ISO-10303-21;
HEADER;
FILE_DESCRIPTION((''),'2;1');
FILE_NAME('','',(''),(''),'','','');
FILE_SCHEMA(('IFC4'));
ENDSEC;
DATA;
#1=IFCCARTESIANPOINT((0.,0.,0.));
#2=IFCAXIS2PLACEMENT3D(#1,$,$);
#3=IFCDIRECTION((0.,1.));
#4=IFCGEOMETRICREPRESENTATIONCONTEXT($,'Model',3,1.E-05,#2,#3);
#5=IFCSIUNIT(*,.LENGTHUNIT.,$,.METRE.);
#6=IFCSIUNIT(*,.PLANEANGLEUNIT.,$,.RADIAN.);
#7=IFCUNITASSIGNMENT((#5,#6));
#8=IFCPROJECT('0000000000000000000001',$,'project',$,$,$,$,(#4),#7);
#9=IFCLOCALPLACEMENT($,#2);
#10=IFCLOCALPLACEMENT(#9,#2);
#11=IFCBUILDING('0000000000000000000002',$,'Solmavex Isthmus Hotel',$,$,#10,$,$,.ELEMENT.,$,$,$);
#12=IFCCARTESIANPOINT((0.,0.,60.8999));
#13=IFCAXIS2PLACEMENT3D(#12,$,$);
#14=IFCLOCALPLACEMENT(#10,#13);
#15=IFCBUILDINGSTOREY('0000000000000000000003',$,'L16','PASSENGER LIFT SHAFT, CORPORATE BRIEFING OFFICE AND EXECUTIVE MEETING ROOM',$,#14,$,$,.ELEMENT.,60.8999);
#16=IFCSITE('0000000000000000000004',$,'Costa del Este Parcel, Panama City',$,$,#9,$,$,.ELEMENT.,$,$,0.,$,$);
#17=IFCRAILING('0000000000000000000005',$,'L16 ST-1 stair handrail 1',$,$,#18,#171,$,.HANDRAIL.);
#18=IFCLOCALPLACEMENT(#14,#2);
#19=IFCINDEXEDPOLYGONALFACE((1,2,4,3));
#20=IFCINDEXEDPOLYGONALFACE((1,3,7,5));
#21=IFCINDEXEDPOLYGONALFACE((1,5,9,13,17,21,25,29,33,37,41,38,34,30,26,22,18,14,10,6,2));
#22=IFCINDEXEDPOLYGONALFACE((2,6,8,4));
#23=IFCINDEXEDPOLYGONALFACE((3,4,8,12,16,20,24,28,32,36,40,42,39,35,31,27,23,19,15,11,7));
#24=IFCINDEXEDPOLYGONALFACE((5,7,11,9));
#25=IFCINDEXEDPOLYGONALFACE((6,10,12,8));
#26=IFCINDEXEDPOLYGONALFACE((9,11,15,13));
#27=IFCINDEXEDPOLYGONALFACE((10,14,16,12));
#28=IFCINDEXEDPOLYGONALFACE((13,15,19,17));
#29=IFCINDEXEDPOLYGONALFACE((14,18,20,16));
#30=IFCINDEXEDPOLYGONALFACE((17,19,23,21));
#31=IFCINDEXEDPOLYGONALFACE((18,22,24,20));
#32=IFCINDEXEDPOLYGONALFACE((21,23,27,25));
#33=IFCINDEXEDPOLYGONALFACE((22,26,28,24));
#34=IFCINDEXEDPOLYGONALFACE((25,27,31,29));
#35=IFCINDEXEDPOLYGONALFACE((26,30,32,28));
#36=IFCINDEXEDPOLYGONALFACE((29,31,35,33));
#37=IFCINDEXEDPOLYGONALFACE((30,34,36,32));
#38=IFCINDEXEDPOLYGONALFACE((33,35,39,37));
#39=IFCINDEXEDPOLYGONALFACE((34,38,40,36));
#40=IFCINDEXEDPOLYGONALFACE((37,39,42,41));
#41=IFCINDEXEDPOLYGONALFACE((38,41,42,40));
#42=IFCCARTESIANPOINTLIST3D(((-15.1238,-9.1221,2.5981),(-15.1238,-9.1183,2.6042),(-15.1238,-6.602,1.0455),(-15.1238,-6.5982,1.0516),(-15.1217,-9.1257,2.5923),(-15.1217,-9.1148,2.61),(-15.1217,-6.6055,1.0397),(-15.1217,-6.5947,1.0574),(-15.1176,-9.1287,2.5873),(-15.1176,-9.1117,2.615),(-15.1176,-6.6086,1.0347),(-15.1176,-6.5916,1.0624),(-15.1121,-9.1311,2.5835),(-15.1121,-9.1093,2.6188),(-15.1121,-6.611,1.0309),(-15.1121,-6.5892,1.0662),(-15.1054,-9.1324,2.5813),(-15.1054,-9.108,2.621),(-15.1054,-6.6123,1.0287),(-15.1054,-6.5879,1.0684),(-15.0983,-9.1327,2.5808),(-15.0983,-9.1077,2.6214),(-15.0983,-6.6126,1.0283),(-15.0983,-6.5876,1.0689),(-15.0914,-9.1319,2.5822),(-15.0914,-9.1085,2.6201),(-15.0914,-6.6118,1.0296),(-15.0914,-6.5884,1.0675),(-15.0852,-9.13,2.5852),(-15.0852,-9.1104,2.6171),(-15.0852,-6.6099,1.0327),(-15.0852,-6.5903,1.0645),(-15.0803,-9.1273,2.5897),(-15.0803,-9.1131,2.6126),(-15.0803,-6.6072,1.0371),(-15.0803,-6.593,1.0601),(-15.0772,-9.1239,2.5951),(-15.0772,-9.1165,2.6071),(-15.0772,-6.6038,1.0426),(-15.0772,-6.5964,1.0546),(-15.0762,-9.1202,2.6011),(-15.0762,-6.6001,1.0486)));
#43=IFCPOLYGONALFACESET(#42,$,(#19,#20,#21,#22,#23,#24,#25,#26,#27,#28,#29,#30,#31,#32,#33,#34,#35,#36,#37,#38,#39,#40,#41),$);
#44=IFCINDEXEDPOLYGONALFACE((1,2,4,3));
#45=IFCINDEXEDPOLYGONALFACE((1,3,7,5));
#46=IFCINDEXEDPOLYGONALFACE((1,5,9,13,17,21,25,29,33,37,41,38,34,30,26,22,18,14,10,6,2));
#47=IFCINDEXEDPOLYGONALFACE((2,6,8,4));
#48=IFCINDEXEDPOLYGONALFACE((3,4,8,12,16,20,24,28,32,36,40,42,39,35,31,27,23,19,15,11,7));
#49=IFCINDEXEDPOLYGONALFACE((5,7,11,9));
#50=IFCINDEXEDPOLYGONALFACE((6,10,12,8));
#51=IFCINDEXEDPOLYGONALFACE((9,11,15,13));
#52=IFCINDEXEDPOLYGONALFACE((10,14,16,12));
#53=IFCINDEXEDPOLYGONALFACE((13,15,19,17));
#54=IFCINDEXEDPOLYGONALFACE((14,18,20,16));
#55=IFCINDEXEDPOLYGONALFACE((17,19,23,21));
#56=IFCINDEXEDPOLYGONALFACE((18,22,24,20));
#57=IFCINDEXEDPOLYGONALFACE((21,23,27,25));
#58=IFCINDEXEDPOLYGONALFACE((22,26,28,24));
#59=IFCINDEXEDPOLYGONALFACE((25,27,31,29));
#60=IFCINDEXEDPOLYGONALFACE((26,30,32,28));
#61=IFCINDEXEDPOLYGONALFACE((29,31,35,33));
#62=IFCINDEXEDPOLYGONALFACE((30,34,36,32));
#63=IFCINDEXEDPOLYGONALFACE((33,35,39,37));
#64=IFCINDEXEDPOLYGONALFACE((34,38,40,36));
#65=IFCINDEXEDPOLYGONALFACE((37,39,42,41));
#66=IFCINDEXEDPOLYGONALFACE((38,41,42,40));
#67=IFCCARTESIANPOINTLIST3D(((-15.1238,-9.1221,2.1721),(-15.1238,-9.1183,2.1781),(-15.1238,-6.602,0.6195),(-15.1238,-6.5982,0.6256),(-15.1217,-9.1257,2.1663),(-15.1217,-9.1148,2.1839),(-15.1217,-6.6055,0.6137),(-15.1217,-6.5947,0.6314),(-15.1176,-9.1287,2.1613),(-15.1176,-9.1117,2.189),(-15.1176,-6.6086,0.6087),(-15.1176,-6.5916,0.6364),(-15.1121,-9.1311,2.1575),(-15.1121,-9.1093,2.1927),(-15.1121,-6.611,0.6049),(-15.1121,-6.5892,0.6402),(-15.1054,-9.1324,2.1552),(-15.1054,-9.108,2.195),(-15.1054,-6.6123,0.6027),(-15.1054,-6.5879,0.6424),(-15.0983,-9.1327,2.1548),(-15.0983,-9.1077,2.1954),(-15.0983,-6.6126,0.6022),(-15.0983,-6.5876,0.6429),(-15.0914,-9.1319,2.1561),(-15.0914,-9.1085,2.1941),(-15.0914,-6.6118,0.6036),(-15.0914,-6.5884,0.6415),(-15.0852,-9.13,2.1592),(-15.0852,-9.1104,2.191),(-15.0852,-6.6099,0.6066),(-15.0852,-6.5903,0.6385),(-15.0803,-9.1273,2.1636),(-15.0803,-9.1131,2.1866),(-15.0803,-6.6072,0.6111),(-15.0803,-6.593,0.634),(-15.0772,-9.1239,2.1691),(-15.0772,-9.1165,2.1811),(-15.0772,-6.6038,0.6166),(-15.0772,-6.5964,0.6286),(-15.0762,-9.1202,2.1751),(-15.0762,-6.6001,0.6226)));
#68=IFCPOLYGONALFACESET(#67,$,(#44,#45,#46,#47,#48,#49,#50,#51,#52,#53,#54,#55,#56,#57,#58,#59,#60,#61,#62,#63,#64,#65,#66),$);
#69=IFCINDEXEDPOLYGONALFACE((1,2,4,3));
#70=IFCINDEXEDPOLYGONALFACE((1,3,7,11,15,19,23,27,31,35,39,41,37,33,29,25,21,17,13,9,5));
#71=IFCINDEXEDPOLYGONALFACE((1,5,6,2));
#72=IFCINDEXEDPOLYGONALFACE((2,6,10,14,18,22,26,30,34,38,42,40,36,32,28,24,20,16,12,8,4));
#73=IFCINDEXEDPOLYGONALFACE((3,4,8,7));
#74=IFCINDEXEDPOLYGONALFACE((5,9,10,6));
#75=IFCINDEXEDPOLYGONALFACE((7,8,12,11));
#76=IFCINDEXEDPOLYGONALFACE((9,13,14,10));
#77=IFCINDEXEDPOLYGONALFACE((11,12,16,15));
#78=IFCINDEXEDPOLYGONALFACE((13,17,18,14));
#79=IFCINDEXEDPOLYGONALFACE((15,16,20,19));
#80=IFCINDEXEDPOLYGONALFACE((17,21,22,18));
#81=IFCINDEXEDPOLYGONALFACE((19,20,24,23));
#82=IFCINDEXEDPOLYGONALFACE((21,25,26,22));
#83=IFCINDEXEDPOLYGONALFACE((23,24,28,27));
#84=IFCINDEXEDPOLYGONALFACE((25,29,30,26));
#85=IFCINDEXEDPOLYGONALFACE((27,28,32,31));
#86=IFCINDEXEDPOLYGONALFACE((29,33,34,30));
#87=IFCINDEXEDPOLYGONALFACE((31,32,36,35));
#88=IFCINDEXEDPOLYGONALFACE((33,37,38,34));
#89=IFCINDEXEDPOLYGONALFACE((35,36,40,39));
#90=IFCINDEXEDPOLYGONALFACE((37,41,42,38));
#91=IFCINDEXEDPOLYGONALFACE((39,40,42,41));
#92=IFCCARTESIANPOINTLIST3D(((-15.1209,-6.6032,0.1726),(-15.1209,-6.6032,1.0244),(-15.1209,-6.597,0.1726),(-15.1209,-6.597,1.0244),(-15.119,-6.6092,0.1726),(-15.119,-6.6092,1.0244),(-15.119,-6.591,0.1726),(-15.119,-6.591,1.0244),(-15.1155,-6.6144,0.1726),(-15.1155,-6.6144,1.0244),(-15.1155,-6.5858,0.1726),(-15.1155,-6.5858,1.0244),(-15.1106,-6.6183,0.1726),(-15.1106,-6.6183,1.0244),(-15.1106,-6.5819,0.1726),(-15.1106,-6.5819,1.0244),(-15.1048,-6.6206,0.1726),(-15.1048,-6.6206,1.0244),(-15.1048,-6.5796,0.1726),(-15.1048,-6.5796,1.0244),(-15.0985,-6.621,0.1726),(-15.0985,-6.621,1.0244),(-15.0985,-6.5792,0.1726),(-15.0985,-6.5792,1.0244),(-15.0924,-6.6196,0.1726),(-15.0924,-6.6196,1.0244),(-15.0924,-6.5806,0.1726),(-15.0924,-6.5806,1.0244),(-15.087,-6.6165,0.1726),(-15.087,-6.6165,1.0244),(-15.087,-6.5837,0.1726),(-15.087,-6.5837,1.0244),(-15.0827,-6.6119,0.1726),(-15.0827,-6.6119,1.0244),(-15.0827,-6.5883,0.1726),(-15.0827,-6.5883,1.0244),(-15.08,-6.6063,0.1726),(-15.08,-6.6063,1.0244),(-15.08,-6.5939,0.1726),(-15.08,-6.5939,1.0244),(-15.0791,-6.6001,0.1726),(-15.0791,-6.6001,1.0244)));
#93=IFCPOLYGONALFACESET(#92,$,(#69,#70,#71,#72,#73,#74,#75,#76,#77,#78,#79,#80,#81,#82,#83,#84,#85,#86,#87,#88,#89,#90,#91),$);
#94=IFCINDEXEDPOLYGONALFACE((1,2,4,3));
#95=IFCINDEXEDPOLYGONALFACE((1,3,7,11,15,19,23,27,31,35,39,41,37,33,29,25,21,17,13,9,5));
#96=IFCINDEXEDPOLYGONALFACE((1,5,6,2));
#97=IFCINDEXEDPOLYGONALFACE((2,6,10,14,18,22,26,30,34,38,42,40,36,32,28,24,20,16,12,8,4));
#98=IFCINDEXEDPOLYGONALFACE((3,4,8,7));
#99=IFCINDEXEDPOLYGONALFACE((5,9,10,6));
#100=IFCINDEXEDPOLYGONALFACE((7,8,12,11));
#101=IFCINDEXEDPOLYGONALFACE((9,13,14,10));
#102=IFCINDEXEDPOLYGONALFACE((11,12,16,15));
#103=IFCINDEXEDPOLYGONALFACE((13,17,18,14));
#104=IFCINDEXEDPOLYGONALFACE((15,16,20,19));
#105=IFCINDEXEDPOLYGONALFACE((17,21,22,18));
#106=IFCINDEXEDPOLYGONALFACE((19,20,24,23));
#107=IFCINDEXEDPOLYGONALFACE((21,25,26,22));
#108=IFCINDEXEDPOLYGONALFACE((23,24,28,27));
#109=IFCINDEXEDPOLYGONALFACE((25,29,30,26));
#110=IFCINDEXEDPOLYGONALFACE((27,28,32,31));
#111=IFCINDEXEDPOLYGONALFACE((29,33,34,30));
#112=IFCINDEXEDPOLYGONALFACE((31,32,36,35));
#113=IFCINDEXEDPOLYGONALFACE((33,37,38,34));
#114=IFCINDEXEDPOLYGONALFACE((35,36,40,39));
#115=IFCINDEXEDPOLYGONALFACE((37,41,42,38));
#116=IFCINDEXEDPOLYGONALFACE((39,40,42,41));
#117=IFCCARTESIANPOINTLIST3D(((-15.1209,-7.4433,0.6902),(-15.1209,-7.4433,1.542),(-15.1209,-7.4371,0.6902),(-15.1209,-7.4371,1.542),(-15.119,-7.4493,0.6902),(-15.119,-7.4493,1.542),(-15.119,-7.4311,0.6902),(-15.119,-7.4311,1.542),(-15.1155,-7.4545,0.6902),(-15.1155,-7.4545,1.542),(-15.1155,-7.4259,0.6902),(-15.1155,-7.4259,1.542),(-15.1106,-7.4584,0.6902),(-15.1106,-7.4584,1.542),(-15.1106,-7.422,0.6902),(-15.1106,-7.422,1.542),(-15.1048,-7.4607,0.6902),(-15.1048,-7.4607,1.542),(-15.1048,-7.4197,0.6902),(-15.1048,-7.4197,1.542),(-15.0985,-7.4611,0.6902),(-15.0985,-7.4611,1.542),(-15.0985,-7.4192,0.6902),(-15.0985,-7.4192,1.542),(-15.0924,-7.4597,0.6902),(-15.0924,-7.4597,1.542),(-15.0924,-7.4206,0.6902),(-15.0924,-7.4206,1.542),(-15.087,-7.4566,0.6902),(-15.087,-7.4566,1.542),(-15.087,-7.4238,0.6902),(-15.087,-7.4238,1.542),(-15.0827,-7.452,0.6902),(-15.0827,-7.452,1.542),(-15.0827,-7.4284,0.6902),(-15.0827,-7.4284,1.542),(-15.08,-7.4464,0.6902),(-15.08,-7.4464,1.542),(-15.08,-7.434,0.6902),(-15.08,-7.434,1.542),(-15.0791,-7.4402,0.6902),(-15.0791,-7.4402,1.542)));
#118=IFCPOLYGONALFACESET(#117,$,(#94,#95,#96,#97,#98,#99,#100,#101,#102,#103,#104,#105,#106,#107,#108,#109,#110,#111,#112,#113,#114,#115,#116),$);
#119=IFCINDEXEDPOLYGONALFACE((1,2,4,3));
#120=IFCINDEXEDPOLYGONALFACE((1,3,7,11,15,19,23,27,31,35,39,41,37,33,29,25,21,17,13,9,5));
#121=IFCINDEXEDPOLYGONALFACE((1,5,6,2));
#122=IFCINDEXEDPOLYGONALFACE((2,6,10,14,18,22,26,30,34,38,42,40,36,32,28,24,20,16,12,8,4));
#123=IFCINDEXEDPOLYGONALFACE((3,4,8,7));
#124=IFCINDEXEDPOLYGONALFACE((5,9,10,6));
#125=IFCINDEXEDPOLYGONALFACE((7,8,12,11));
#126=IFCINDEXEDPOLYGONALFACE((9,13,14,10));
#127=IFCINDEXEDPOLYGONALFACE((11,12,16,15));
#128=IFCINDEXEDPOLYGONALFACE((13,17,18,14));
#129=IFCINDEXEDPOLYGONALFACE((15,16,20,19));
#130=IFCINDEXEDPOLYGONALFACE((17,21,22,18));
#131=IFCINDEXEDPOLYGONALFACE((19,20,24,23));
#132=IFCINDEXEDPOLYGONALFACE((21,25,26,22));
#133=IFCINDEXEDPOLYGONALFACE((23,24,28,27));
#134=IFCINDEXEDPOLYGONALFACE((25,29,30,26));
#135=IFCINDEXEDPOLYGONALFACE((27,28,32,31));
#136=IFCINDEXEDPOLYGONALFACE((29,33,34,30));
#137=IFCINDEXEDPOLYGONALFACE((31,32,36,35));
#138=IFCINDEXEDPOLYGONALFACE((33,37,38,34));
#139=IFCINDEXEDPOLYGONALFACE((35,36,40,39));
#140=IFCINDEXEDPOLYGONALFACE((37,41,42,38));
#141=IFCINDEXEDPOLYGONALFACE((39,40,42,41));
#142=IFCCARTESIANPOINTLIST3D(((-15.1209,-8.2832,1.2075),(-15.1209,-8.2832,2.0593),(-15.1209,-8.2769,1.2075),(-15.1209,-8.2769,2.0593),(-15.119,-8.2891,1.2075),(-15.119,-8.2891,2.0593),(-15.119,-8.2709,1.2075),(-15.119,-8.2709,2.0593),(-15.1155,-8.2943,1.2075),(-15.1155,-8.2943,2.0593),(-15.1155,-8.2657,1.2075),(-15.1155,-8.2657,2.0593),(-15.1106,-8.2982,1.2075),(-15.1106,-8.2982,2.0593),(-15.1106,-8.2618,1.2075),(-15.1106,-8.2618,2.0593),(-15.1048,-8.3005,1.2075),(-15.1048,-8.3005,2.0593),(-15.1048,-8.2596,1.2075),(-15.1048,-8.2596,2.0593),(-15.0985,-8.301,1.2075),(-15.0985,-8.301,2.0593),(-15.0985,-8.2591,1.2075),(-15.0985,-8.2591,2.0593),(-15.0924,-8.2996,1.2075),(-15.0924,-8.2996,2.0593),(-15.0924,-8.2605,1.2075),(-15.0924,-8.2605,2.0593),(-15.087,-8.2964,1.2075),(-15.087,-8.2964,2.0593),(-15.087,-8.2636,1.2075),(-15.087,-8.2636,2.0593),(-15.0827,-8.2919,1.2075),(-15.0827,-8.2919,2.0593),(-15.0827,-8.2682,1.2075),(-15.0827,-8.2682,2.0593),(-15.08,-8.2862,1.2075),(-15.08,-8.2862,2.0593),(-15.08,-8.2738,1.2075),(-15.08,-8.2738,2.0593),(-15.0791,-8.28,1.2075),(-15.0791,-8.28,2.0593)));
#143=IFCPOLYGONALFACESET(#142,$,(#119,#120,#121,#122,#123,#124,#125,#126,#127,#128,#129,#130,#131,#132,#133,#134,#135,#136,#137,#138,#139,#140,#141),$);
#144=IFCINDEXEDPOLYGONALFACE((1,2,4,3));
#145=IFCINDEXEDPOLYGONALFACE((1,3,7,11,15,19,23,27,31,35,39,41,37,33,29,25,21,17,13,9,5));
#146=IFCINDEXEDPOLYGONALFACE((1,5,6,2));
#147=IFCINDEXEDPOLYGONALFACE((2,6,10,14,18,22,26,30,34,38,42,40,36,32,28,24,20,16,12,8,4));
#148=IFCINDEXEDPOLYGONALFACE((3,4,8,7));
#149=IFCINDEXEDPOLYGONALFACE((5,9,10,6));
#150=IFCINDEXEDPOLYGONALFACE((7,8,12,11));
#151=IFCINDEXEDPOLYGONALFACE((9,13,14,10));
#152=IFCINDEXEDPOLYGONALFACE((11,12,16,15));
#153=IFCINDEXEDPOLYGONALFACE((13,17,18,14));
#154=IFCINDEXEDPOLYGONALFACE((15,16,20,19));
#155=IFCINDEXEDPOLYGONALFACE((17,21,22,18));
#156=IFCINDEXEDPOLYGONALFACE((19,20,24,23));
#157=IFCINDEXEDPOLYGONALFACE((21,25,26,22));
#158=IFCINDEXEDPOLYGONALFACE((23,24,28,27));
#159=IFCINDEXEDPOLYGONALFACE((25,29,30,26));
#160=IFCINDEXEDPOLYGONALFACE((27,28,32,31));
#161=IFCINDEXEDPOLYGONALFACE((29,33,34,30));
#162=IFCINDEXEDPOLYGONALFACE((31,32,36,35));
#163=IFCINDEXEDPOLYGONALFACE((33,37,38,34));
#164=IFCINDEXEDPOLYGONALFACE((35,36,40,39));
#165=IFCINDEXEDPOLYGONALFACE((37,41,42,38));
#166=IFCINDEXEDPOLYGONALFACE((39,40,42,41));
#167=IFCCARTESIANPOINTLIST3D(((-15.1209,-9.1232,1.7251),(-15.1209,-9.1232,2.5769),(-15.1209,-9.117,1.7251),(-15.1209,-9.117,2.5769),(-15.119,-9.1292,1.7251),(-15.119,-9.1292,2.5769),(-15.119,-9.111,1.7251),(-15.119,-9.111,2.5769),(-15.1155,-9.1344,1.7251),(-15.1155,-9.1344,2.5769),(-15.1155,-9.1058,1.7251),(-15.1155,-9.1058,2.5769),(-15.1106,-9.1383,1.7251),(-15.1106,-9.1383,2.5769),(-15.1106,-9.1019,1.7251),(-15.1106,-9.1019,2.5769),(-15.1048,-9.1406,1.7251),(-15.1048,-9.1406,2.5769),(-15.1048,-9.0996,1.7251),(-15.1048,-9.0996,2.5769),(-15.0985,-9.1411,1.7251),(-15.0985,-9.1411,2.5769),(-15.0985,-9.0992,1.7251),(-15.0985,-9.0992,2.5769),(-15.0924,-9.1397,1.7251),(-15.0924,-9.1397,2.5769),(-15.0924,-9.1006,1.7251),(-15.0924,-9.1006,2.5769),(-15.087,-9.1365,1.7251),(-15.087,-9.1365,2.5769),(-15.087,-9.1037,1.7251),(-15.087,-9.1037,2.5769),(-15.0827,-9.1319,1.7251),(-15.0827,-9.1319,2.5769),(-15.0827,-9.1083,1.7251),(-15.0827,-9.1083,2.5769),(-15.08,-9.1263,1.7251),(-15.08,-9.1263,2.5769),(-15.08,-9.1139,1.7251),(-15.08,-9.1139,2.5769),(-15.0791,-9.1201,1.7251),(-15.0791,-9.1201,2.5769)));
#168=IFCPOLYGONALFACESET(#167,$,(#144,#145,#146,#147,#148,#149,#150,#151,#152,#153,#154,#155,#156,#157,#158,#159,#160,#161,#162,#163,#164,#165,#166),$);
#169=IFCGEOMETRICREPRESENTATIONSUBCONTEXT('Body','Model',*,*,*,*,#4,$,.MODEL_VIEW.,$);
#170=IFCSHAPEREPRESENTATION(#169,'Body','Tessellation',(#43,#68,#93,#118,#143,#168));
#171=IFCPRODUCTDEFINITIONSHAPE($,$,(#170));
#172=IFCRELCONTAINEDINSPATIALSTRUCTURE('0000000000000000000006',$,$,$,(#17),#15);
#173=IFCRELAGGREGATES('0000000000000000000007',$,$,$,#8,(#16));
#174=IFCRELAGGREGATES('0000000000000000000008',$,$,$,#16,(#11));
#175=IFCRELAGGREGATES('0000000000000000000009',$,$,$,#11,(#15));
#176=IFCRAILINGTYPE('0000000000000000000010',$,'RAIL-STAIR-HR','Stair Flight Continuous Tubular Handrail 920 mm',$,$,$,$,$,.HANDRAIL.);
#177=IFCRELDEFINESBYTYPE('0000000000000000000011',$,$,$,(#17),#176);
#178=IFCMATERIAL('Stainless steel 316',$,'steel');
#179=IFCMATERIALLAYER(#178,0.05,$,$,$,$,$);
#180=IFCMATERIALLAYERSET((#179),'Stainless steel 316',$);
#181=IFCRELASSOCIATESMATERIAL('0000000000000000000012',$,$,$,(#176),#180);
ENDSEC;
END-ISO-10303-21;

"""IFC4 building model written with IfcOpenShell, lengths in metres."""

from ifc_helpers import new_model, si_unit, direction, frame, origin, origin_2d, place, context, subcontext, project, spatial, circle, extrude, material, layer, layer_set, type_object, element, save


model = new_model("IFC4")

# Units and contexts
model_context = context("Model", 3, precision=1e-05, world=origin(), true_north=direction((0.0, 1.0)))
body_context = subcontext(model_context, "Body", "Model", "MODEL_VIEW")
ifc_project = project(units=[si_unit("LENGTHUNIT", "METRE"), si_unit("PLANEANGLEUNIT", "RADIAN")], contexts=[model_context])

# Site, building, storey
site_placement = place(None, origin())
site = spatial("IfcSite", under=ifc_project, at=site_placement, Name="Costa del Este Parcel, Panama City", CompositionType="ELEMENT", RefElevation=0.0)
building_placement = place(site_placement, origin())
building = spatial("IfcBuilding", under=site, at=building_placement, Name="Solmavex Isthmus Hotel", CompositionType="ELEMENT")
storey_placement = place(building_placement, frame((0.0, 0.0, 60.8999)))
storey = spatial("IfcBuildingStorey", under=building, at=storey_placement, Name="L16", Description="PASSENGER LIFT SHAFT, CORPORATE BRIEFING OFFICE AND EXECUTIVE MEETING ROOM", CompositionType="ELEMENT", Elevation=60.8999)

# Shared definitions
ifc_material_1 = material(Name="Stainless steel 316", Category="steel")

# Railing
ifc_layer_1 = layer(ifc_material_1, 0.05)
ifc_layer_set_1 = layer_set([ifc_layer_1], Name="Stainless steel 316")
railing_type_1 = type_object("IfcRailingType", Name="RAIL-STAIR-HR", Description="Stair Flight Continuous Tubular Handrail 920 mm", PredefinedType="HANDRAIL", material=ifc_layer_set_1)
railing_1_placement = place(storey_placement, frame((-15.1001, -6.6001, 0.1726)))
element("IfcRailing", 1, at=railing_1_placement, inside=storey, type_object=railing_type_1, Name="L16 ST-1 stair handrail 1", PredefinedType="HANDRAIL", context=body_context, shape_type="SweptSolid", body=[
    extrude(circle(Radius=0.0239, at=origin_2d()), frame((0.0, 0.0, 0.876), z_axis=(0.0, -0.8514, 0.524516), x_axis=(1.0, 0.0, 0.0)), (0.0, 0.0, 1.0), 2.96),
    extrude(circle(Radius=0.0239, at=origin_2d()), frame((0.0, 0.0, 0.45), z_axis=(0.0, -0.8514, 0.524516), x_axis=(1.0, 0.0, 0.0)), (0.0, 0.0, 1.0), 2.96),
    extrude(circle(Radius=0.021, at=origin_2d()), origin(), (0.0, 0.0, 1.0), 0.8518),
    extrude(circle(Radius=0.021, at=origin_2d()), frame((0.0, -0.8401, 0.5176)), (0.0, 0.0, 1.0), 0.8518),
    extrude(circle(Radius=0.021, at=origin_2d()), frame((0.0, -1.6799, 1.0349)), (0.0, 0.0, 1.0), 0.8518),
    extrude(circle(Radius=0.021, at=origin_2d()), frame((0.0, -2.52, 1.5525)), (0.0, 0.0, 1.0), 0.8518),
])

save(model, "model.ifc")
